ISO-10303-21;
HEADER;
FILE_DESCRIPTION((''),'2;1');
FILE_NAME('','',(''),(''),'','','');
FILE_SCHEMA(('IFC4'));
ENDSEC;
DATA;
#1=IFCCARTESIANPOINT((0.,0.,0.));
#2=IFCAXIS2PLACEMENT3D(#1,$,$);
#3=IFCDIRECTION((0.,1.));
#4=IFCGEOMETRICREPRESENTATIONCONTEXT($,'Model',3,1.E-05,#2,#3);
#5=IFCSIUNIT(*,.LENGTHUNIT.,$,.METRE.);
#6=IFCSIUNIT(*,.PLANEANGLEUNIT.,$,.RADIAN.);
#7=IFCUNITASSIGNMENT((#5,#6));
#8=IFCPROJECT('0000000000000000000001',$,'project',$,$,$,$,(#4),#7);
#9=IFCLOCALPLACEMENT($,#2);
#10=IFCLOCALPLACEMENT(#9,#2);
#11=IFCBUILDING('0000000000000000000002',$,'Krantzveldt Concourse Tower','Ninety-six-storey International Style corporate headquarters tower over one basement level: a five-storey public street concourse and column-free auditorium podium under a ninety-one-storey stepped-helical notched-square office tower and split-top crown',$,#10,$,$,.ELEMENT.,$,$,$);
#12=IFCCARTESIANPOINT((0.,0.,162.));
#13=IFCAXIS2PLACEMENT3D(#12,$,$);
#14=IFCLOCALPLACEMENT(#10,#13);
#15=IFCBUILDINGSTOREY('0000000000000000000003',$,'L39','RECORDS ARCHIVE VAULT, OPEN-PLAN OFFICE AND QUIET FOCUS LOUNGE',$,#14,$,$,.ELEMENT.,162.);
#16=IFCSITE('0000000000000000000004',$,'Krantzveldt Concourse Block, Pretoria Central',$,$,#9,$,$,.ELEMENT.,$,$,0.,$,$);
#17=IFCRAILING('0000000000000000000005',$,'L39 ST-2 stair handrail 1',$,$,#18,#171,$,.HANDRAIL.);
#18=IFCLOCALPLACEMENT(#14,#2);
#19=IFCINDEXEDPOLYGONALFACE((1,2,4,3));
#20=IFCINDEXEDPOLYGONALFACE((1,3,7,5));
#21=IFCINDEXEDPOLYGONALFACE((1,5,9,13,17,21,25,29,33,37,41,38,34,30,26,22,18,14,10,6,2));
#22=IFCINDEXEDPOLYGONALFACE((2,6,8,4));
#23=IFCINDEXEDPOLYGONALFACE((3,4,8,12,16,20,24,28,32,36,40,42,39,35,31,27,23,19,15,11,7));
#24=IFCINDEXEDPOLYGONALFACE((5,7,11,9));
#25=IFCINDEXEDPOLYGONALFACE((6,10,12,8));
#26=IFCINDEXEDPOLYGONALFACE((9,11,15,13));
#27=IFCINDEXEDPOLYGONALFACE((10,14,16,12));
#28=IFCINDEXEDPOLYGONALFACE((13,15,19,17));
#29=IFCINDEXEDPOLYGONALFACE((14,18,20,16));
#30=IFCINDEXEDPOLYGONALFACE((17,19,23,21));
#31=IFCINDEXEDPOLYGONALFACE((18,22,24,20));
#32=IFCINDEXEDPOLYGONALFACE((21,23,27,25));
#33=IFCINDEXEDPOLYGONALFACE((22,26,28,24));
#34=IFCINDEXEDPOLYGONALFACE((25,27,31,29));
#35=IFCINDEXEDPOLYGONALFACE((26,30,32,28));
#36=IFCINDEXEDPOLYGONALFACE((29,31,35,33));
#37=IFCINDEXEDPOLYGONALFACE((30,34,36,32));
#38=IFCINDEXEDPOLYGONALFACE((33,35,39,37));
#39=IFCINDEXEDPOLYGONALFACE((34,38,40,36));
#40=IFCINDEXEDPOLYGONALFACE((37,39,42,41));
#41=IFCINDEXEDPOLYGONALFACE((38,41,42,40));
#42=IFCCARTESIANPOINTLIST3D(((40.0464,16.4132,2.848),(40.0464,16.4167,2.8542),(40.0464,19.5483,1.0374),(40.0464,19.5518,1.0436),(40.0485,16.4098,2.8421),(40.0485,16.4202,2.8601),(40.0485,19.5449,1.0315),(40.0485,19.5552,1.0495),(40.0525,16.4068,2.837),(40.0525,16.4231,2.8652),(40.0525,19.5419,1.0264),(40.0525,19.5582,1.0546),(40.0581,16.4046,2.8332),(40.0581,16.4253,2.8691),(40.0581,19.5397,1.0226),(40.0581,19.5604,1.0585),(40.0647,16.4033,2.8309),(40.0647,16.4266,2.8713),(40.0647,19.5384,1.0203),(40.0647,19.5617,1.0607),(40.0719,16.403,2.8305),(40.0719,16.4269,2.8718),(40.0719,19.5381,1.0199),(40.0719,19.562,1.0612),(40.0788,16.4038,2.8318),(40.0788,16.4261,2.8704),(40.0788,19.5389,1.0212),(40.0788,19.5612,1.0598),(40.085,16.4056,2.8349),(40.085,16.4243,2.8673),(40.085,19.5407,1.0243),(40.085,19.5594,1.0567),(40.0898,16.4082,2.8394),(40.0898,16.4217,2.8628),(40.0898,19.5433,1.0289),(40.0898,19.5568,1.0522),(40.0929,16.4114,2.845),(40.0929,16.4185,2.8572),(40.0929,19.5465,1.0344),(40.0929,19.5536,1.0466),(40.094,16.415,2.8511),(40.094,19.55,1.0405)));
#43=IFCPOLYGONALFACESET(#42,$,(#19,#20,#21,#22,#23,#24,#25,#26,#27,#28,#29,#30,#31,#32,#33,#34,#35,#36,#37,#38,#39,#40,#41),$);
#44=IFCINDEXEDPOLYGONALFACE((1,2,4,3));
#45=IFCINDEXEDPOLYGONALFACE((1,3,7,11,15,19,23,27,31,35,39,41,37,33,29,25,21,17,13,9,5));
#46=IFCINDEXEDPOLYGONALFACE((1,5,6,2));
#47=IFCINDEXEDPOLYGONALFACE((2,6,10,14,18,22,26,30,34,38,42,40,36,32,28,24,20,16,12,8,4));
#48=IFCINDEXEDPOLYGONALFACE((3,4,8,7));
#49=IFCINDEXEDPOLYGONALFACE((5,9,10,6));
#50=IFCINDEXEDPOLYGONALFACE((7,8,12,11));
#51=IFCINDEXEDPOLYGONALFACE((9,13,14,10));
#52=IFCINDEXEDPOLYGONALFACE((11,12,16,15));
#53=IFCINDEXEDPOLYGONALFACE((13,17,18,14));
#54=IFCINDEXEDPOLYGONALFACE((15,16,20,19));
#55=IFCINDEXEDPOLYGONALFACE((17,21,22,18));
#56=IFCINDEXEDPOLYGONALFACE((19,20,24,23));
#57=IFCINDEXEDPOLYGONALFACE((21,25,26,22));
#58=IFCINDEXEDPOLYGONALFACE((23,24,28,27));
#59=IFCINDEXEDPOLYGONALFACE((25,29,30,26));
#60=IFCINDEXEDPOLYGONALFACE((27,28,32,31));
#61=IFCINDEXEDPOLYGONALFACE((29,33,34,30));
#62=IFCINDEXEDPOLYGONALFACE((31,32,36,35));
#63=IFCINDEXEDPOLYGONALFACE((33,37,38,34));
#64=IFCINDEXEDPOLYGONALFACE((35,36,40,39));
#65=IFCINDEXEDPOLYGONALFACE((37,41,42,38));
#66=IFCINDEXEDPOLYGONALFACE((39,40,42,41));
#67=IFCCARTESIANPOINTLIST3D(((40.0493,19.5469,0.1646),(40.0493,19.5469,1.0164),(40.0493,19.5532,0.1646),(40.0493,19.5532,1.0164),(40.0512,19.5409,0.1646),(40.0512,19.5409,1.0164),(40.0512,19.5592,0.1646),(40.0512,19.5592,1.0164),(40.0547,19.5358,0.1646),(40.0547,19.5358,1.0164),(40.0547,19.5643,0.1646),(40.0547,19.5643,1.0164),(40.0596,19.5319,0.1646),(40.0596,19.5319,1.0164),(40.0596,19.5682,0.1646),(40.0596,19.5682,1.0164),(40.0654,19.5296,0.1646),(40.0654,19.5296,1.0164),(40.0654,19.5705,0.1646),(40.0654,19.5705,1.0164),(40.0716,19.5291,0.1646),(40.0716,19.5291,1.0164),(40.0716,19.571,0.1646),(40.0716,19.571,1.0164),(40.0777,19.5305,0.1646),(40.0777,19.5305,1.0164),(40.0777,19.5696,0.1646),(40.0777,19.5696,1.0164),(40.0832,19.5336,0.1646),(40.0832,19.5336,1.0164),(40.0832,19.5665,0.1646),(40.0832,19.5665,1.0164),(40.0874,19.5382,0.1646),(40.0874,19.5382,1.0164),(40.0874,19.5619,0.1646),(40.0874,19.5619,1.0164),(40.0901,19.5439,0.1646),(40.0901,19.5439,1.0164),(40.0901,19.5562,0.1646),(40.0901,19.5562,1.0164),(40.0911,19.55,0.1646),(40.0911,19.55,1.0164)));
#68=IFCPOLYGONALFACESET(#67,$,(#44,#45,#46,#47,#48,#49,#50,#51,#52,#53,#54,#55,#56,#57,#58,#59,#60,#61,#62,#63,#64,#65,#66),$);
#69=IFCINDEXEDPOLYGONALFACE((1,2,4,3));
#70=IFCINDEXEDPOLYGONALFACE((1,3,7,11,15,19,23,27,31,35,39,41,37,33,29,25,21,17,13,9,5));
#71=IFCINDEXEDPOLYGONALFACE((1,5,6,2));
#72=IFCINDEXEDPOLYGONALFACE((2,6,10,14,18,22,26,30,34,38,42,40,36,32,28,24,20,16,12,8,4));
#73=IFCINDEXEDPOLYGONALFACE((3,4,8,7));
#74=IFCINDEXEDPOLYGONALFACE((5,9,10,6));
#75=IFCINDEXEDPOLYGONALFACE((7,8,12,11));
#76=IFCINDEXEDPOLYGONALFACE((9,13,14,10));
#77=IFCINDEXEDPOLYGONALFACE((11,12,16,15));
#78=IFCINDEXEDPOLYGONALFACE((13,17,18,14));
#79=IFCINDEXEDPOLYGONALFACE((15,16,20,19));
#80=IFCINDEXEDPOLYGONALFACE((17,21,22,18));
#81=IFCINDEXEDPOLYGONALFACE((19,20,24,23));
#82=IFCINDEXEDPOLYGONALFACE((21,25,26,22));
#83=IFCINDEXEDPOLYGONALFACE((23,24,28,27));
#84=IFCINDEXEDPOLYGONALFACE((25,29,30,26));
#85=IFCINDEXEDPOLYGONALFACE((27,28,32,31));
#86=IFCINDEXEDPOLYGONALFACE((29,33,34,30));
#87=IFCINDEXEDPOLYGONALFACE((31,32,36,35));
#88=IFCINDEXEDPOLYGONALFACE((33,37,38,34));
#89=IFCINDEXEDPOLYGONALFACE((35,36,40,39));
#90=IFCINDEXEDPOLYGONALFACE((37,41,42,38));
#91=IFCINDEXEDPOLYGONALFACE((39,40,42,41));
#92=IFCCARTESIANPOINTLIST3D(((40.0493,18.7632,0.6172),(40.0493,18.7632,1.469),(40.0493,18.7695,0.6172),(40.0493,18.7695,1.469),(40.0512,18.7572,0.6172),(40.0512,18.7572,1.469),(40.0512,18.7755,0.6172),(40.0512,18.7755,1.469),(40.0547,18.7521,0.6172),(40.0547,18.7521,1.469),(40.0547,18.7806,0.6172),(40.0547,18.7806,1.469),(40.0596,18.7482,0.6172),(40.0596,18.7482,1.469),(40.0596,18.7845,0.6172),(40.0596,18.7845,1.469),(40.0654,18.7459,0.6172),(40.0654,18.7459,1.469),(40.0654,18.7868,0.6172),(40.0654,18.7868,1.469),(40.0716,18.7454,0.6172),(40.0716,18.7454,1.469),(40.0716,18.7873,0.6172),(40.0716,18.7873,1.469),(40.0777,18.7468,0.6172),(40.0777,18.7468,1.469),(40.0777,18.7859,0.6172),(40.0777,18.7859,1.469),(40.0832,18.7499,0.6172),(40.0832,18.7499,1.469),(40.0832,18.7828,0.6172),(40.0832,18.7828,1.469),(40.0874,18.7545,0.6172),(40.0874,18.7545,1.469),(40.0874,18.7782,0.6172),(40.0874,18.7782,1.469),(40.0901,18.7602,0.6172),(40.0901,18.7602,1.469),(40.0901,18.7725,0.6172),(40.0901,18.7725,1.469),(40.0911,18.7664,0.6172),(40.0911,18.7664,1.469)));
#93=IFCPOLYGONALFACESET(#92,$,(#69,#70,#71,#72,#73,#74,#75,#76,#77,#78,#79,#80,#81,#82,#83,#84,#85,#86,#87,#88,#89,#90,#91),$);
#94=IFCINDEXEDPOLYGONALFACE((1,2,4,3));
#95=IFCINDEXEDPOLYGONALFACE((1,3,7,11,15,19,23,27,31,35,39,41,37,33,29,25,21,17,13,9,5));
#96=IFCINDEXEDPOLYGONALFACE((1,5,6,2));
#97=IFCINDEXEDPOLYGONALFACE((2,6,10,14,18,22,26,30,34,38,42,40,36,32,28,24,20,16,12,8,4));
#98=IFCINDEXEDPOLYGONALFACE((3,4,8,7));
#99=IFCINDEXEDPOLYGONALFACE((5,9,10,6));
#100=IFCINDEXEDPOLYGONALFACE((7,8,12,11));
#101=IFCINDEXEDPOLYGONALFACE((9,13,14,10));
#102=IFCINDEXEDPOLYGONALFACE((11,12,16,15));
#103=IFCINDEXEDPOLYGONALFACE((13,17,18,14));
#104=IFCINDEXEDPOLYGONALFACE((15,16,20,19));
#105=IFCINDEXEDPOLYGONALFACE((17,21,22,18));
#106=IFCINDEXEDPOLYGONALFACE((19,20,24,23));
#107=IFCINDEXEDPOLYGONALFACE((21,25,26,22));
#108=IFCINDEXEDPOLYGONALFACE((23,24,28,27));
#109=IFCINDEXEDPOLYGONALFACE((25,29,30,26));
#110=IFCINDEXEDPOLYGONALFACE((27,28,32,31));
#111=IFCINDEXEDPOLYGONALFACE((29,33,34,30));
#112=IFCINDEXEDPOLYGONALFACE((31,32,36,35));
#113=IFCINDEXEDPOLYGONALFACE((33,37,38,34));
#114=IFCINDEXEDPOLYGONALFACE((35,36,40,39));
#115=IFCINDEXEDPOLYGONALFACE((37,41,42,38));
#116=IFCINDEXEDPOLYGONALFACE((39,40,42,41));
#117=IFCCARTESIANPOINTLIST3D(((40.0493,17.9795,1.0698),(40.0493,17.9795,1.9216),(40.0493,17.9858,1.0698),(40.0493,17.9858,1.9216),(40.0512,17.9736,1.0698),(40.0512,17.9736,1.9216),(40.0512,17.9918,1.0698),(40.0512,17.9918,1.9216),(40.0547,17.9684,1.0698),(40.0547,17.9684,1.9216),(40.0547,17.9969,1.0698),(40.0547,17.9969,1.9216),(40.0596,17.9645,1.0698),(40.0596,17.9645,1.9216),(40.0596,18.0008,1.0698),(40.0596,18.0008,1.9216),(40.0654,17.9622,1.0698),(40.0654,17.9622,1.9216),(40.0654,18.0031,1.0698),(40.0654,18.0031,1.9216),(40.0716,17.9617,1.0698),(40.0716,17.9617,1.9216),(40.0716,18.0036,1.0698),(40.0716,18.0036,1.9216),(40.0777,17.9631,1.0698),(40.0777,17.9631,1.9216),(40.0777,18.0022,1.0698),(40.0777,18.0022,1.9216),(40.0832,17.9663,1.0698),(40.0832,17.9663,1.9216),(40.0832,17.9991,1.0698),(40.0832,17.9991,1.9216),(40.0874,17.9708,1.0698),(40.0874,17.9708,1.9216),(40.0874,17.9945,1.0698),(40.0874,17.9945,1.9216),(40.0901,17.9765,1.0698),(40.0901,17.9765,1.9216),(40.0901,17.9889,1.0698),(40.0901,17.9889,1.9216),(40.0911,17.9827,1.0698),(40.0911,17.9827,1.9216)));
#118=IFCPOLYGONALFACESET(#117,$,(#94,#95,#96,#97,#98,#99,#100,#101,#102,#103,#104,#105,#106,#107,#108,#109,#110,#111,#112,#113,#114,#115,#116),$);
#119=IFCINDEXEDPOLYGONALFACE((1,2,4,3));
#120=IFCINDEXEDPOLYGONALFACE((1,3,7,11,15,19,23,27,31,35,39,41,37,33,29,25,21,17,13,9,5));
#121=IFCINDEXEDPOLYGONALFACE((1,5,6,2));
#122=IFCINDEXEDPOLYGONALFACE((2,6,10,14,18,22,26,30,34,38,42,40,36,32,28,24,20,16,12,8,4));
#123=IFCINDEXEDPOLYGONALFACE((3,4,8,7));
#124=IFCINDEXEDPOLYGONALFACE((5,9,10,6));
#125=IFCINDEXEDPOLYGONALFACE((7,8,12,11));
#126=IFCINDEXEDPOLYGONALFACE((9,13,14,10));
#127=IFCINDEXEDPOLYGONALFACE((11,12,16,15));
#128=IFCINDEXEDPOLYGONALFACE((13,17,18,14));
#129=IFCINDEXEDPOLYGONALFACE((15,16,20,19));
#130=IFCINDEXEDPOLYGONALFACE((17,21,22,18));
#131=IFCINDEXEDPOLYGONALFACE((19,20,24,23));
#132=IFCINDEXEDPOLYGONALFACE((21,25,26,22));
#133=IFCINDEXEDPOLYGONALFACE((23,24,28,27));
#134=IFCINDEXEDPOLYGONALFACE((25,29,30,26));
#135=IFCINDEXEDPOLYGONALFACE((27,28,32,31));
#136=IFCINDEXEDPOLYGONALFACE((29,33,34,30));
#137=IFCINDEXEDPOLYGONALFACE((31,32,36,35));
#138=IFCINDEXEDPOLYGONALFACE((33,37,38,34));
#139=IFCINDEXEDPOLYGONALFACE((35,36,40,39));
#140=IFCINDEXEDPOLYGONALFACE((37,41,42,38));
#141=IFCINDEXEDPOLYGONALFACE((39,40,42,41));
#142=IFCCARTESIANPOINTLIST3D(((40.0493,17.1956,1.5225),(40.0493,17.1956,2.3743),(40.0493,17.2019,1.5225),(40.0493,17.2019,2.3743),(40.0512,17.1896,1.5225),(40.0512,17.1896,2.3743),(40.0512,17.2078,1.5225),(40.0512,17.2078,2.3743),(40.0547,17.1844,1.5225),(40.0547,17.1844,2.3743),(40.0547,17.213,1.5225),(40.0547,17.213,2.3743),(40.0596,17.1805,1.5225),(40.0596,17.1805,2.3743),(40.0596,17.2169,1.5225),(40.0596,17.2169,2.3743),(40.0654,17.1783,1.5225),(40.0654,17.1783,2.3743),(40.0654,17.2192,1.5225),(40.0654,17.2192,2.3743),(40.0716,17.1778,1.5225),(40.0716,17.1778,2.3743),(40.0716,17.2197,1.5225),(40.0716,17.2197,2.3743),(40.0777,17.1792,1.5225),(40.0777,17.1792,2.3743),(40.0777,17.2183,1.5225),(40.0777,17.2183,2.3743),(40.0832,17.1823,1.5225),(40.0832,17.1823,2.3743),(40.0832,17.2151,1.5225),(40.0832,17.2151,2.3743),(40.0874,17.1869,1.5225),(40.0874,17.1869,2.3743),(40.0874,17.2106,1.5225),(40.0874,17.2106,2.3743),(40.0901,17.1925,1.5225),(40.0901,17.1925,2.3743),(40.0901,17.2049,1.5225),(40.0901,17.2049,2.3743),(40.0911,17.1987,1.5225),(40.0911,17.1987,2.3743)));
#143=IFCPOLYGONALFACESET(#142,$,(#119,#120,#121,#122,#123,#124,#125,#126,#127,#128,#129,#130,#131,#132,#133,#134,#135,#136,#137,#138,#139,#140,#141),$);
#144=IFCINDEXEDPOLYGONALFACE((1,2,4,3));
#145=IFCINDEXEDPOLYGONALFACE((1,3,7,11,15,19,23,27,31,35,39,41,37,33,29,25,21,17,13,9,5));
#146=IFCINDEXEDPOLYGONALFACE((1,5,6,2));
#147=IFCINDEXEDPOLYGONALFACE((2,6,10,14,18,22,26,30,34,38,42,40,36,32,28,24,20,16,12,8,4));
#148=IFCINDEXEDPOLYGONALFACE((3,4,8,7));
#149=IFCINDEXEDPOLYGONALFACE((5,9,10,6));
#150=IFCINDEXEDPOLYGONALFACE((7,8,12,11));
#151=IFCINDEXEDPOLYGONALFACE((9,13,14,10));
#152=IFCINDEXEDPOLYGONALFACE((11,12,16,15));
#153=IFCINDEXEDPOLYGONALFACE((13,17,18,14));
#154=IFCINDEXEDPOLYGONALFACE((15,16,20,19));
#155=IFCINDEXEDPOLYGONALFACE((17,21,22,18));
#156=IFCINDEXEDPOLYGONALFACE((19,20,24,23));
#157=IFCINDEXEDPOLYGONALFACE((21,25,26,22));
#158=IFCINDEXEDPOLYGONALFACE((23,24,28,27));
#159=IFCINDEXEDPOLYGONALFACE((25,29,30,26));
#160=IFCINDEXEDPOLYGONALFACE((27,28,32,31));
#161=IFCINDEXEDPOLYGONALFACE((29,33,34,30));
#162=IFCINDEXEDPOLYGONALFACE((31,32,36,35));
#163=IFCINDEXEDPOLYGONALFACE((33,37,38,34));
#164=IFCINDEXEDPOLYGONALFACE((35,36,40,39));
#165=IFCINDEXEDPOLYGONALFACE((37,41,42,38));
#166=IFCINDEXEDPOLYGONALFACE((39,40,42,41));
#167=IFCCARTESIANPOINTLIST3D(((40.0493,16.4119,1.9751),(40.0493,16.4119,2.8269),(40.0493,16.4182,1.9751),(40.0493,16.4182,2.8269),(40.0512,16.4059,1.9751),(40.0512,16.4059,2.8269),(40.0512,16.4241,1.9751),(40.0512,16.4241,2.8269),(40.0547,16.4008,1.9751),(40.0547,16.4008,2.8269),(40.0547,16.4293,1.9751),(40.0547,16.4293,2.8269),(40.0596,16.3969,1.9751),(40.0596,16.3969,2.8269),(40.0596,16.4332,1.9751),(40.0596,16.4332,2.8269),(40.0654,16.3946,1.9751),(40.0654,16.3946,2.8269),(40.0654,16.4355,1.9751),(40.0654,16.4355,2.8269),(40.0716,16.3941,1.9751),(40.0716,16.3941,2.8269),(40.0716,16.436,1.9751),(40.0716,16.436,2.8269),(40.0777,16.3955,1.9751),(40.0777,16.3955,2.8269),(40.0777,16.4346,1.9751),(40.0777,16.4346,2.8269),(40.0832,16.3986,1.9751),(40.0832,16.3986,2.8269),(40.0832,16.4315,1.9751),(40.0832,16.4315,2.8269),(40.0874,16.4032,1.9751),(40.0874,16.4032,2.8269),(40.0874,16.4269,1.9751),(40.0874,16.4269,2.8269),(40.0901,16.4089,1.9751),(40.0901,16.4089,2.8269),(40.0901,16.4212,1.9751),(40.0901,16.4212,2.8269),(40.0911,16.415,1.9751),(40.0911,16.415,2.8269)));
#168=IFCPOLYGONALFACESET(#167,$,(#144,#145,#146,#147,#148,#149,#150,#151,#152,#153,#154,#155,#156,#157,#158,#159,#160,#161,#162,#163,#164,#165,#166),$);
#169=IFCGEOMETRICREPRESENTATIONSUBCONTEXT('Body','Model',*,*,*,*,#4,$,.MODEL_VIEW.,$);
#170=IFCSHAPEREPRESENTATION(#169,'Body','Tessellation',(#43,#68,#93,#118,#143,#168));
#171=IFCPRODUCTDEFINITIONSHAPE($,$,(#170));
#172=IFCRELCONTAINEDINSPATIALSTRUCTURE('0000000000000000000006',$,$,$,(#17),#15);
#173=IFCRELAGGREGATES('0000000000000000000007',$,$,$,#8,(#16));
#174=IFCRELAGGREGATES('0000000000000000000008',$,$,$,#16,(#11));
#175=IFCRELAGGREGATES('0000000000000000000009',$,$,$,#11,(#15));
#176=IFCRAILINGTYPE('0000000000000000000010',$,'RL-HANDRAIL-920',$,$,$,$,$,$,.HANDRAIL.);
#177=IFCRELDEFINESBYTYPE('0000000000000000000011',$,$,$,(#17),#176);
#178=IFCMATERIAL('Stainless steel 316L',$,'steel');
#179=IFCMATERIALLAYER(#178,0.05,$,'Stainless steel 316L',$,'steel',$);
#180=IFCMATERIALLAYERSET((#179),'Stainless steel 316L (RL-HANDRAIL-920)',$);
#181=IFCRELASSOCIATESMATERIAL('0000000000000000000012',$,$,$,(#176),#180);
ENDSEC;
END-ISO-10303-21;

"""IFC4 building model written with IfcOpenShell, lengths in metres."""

from ifc_helpers import new_model, si_unit, direction, frame, origin, origin_2d, place, context, subcontext, project, spatial, circle, extrude, material, layer, layer_set, type_object, element, save


model = new_model("IFC4")

# Units and contexts
model_context = context("Model", 3, precision=1e-05, world=origin(), true_north=direction((0.0, 1.0)))
body_context = subcontext(model_context, "Body", "Model", "MODEL_VIEW")
ifc_project = project(units=[si_unit("LENGTHUNIT", "METRE"), si_unit("PLANEANGLEUNIT", "RADIAN")], contexts=[model_context])

# Site, building, storey
site_placement = place(None, origin())
site = spatial("IfcSite", under=ifc_project, at=site_placement, Name="Krantzveldt Concourse Block, Pretoria Central", CompositionType="ELEMENT", RefElevation=0.0)
building_placement = place(site_placement, origin())
building = spatial("IfcBuilding", under=site, at=building_placement, Name="Krantzveldt Concourse Tower", Description="Ninety-six-storey International Style corporate headquarters tower over one basement level: a five-storey public street concourse and column-free auditorium podium under a ninety-one-storey stepped-helical notched-square office tower and split-top crown", CompositionType="ELEMENT")
storey_placement = place(building_placement, frame((0.0, 0.0, 162.0)))
storey = spatial("IfcBuildingStorey", under=building, at=storey_placement, Name="L39", Description="RECORDS ARCHIVE VAULT, OPEN-PLAN OFFICE AND QUIET FOCUS LOUNGE", CompositionType="ELEMENT", Elevation=162.0)

# Shared definitions
ifc_material_1 = material(Name="Stainless steel 316L", Category="steel")

# Railing
ifc_layer_1 = layer(ifc_material_1, 0.05, Name="Stainless steel 316L", Category="steel")
ifc_layer_set_1 = layer_set([ifc_layer_1], Name="Stainless steel 316L (RL-HANDRAIL-920)")
railing_type_1 = type_object("IfcRailingType", Name="RL-HANDRAIL-920", PredefinedType="HANDRAIL", material=ifc_layer_set_1)
railing_1_placement = place(storey_placement, frame((40.0701, 19.55, 0.1646)))
element("IfcRailing", 1, at=railing_1_placement, inside=storey, type_object=railing_type_1, Name="L39 ST-2 stair handrail 1", PredefinedType="HANDRAIL", context=body_context, shape_type="SweptSolid", body=[
    extrude(circle(Radius=0.0239, at=origin_2d()), frame((0.0, 0.0, 0.876), z_axis=(0.0, -0.86596, 0.500114), x_axis=(1.0, 0.0, 0.0)), (0.0, 0.0, 1.0), 3.6204),
    extrude(circle(Radius=0.021, at=origin_2d()), origin(), (0.0, 0.0, 1.0), 0.8518),
    extrude(circle(Radius=0.021, at=origin_2d()), frame((0.0, -0.7837, 0.4526)), (0.0, 0.0, 1.0), 0.8518),
    extrude(circle(Radius=0.021, at=origin_2d()), frame((0.0, -1.5674, 0.9053)), (0.0, 0.0, 1.0), 0.8518),
    extrude(circle(Radius=0.021, at=origin_2d()), frame((0.0, -2.3513, 1.3579)), (0.0, 0.0, 1.0), 0.8518),
    extrude(circle(Radius=0.021, at=origin_2d()), frame((0.0, -3.135, 1.8105)), (0.0, 0.0, 1.0), 0.8518),
])

save(model, "model.ifc")
